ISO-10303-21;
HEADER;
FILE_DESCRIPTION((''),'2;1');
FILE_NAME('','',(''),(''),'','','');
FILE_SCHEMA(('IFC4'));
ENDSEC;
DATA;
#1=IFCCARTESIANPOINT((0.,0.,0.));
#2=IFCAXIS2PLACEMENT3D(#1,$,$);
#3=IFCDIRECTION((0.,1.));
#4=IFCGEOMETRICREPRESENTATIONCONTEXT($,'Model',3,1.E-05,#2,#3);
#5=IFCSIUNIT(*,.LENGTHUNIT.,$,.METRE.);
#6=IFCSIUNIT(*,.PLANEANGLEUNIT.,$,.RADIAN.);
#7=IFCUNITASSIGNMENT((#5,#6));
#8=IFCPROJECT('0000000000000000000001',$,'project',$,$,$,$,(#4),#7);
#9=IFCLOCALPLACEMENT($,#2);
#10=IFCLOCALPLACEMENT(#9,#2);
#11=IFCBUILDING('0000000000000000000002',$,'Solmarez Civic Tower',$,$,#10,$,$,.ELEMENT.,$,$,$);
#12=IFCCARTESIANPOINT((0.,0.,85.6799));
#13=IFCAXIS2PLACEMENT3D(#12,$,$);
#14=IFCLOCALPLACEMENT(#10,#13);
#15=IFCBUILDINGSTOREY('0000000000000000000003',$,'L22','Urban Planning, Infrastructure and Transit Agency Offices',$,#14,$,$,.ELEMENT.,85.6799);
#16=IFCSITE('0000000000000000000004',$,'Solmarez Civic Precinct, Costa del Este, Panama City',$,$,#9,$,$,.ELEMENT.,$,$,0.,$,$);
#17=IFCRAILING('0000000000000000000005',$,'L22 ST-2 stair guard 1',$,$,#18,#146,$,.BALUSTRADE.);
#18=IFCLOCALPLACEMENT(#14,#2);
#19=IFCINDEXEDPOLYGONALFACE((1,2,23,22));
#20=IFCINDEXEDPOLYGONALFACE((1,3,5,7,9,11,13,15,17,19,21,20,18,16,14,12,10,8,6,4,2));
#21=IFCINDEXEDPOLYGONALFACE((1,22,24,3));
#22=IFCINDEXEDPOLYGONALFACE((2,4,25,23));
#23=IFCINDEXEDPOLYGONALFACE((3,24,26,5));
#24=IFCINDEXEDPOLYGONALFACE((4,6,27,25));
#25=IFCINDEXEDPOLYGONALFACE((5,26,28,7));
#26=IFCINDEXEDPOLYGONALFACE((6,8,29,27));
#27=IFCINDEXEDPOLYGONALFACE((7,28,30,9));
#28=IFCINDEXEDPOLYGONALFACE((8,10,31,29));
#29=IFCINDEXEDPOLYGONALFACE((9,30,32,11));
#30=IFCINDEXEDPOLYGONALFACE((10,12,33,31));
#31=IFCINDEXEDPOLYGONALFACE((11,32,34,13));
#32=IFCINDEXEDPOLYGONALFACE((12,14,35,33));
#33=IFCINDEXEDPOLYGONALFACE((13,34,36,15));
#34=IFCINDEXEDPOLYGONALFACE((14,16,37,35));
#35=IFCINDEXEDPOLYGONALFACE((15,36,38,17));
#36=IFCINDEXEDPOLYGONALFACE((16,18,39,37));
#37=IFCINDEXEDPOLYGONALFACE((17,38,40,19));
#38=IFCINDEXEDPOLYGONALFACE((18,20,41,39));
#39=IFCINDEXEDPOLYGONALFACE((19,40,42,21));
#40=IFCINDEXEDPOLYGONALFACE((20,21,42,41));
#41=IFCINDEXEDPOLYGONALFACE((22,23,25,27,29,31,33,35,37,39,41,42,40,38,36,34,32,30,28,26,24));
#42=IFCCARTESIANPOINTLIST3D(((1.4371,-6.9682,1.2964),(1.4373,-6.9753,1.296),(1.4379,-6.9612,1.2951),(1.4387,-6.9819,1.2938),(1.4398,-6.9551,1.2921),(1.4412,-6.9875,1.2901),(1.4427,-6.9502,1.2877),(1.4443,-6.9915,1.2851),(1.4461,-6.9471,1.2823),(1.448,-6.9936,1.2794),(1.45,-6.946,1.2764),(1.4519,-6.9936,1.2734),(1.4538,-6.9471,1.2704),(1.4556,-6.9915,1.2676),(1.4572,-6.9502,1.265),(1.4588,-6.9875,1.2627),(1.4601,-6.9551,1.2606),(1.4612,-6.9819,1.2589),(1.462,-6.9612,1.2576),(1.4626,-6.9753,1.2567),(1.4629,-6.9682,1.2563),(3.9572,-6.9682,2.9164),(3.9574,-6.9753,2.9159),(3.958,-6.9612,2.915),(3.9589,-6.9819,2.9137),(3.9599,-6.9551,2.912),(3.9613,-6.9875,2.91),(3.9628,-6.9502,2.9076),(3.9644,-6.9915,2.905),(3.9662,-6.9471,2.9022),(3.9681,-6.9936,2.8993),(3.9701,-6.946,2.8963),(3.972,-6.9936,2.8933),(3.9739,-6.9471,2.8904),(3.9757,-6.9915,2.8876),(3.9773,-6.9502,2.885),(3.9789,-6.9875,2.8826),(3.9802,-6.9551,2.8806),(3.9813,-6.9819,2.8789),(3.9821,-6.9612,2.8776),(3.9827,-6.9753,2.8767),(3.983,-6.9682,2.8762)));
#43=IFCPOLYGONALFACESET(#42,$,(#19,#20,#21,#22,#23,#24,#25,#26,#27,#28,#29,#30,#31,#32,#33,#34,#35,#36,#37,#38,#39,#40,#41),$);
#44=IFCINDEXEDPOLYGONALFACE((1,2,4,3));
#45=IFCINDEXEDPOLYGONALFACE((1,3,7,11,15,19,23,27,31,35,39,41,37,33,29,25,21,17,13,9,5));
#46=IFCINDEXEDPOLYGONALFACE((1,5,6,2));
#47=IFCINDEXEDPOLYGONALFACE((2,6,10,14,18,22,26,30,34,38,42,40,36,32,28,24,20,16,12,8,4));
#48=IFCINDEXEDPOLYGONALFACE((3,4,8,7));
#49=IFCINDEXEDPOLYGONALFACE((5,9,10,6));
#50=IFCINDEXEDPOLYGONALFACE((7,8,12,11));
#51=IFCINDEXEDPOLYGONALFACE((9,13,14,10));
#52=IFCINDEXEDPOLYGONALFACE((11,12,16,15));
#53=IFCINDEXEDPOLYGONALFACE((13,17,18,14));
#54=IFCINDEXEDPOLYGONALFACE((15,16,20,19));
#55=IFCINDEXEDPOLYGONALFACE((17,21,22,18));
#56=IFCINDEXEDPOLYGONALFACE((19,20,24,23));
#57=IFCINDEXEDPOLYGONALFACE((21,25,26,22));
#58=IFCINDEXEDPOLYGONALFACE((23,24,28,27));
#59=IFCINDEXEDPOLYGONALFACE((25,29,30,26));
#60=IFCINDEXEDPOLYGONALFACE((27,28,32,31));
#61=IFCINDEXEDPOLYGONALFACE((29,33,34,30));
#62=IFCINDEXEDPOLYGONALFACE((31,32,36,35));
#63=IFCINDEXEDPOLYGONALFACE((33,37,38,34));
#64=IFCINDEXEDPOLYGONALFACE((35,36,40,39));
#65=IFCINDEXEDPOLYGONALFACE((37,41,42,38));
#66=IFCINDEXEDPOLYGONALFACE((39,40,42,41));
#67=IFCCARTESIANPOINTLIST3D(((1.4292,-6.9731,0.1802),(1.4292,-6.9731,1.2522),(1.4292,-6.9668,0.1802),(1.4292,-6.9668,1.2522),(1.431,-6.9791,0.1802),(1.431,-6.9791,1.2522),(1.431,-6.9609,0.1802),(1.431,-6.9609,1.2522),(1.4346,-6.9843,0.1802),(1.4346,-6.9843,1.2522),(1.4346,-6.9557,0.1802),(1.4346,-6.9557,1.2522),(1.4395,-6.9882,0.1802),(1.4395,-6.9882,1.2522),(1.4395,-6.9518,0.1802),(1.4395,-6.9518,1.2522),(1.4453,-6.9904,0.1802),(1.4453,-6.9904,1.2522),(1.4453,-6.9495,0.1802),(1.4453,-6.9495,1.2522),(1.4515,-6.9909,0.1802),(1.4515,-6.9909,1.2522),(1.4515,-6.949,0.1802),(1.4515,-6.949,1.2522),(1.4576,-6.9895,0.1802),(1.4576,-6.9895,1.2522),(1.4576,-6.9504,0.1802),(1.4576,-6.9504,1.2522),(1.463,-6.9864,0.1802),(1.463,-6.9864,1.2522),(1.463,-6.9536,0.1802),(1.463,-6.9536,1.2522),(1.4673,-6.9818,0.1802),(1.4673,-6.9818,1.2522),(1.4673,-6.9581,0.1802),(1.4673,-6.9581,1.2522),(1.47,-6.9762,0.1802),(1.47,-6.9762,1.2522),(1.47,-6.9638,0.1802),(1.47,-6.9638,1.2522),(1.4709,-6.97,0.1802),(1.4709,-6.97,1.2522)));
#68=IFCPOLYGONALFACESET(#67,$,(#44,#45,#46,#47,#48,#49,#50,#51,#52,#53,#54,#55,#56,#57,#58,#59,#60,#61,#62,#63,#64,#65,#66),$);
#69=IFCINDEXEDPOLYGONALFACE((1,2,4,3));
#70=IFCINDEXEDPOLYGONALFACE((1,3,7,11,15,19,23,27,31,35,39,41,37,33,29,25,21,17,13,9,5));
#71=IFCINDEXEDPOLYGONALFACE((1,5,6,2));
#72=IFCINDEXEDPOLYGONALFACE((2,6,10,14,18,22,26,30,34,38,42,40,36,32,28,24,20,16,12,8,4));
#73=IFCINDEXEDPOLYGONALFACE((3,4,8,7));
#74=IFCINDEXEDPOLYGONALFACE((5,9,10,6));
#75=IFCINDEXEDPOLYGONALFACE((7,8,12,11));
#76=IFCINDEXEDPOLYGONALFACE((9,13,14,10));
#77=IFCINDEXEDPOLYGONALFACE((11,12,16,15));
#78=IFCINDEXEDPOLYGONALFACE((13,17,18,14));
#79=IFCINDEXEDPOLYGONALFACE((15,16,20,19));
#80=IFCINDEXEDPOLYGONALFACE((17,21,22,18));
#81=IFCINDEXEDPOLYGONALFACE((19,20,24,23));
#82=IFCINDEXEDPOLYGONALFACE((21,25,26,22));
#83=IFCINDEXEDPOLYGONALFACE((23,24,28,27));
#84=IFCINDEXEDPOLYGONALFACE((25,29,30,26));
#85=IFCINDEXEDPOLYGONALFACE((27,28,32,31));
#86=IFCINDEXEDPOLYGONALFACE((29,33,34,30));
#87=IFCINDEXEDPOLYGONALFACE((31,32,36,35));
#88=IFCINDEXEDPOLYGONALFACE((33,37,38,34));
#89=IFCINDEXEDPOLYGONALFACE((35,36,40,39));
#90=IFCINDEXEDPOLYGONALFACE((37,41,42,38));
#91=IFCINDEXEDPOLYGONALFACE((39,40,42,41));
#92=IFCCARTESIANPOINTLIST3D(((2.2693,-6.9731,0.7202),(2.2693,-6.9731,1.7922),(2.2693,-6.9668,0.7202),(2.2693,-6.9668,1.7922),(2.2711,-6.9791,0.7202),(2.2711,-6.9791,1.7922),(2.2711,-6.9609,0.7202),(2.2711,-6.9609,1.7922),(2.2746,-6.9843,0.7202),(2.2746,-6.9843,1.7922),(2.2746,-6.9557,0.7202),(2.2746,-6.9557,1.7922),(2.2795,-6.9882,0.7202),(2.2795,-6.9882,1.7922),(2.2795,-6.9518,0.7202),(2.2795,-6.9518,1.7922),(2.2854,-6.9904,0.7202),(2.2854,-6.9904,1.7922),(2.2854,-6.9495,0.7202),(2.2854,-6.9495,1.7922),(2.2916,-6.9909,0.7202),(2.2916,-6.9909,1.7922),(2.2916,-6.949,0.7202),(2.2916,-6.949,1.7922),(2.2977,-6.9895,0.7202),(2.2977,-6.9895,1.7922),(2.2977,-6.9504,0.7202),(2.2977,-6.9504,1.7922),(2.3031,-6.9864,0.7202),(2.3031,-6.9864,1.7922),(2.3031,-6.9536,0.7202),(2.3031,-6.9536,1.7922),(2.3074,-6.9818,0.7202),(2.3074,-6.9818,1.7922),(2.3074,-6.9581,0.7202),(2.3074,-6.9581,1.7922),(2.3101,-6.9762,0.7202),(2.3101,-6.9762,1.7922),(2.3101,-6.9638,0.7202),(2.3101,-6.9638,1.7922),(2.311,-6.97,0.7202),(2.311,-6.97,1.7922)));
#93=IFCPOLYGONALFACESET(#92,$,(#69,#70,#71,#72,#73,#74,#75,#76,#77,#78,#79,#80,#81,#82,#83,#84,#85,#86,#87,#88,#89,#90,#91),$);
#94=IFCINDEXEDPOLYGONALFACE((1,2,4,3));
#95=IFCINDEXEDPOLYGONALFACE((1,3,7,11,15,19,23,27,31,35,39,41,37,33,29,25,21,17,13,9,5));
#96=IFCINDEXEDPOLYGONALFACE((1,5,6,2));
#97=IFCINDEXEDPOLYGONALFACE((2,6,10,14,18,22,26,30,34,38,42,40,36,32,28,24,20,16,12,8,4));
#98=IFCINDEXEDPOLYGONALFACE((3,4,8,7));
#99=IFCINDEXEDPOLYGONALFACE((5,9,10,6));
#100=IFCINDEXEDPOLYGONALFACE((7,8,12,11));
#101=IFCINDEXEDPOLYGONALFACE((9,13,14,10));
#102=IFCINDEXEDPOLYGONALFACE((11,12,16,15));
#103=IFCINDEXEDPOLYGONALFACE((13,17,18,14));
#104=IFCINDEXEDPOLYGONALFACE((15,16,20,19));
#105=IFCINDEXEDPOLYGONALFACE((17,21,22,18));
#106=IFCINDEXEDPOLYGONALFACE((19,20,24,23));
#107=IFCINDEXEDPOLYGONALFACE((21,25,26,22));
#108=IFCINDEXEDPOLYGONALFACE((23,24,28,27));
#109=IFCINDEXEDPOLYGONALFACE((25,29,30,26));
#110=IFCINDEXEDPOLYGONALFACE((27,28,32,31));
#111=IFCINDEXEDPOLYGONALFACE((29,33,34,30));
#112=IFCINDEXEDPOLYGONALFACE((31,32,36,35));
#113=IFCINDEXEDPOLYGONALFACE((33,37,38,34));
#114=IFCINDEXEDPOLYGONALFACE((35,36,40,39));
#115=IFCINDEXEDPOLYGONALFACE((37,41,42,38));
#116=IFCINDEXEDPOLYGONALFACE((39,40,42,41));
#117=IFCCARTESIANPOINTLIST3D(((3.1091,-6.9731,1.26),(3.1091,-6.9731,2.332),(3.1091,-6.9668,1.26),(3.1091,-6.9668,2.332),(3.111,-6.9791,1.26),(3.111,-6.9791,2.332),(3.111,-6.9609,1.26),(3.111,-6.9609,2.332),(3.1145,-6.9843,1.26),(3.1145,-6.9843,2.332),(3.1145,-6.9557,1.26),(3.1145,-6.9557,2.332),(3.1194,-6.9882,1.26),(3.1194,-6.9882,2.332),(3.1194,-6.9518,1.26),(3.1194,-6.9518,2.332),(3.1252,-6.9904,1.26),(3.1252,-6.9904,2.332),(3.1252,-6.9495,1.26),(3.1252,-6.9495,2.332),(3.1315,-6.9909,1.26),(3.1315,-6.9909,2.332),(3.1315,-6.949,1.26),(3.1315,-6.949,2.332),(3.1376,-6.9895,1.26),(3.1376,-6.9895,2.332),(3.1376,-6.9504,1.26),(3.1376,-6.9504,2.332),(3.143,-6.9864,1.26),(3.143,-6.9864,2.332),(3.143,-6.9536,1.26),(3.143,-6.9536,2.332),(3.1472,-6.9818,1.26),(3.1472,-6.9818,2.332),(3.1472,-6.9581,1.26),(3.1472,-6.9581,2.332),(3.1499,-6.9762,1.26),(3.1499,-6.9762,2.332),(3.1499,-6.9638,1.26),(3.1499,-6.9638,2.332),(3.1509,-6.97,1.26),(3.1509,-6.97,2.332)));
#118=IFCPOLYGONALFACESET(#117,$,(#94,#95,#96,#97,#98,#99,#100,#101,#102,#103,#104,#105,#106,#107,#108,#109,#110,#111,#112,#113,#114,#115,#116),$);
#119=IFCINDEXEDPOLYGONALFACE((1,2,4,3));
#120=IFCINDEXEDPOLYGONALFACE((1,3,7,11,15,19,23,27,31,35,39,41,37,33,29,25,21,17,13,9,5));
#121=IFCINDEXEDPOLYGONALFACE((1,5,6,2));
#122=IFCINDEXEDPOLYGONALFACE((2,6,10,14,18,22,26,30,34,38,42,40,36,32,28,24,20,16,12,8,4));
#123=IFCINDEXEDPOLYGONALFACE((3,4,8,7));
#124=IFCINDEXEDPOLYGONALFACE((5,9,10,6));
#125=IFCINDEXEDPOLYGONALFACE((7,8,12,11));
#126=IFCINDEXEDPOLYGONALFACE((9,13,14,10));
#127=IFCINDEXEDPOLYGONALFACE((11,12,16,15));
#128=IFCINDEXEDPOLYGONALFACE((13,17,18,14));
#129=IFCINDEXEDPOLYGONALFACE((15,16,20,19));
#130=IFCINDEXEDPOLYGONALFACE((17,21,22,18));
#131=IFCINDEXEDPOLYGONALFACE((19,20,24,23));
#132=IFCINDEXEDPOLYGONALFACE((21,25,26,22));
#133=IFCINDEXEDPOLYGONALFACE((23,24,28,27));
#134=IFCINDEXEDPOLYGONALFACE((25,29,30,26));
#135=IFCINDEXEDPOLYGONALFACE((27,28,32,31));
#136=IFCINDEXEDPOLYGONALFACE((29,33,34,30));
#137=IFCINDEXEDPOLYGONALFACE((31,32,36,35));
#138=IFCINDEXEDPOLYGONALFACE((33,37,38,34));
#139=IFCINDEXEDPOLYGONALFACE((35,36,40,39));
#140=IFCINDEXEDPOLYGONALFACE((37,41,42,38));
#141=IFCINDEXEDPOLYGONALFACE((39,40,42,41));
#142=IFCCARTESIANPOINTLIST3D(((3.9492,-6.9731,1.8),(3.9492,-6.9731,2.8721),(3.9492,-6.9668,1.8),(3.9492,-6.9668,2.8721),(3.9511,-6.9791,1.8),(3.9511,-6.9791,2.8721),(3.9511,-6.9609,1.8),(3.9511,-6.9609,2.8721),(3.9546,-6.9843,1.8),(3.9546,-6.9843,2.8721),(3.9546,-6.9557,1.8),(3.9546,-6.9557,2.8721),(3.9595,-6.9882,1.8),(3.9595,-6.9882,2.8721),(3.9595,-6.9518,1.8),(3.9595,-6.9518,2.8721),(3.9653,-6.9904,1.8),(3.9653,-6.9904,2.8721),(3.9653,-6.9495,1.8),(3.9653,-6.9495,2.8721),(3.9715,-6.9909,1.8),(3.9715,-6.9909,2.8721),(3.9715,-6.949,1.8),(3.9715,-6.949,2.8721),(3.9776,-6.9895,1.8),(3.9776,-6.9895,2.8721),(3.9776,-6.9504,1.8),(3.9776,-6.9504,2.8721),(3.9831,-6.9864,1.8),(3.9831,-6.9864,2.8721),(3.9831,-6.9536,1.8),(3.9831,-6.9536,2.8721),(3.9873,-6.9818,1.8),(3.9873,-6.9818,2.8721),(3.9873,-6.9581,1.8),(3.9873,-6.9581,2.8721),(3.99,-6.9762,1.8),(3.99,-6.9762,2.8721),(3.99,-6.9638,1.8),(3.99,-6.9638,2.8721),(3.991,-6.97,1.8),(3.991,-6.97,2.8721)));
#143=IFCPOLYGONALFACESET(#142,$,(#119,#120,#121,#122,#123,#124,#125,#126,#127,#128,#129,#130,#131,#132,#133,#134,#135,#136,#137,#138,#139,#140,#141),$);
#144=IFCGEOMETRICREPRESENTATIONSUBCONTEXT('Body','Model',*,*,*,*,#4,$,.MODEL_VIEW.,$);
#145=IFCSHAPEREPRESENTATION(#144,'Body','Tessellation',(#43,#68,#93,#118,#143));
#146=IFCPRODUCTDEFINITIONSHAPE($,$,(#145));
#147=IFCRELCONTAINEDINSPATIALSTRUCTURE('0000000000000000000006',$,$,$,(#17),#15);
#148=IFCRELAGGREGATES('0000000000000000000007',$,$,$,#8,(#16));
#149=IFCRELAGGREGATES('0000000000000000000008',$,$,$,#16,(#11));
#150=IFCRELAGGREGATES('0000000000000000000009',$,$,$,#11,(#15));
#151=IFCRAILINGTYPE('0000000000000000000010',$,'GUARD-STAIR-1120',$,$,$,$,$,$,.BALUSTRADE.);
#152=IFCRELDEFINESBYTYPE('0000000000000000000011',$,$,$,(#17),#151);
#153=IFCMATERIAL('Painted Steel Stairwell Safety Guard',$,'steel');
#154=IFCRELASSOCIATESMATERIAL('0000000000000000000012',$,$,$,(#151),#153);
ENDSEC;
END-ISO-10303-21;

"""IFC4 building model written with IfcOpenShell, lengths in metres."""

from ifc_helpers import new_model, si_unit, direction, frame, origin, origin_2d, place, context, subcontext, project, spatial, circle, extrude, material, type_object, element, save


model = new_model("IFC4")

# Units and contexts
model_context = context("Model", 3, precision=1e-05, world=origin(), true_north=direction((0.0, 1.0)))
body_context = subcontext(model_context, "Body", "Model", "MODEL_VIEW")
ifc_project = project(units=[si_unit("LENGTHUNIT", "METRE"), si_unit("PLANEANGLEUNIT", "RADIAN")], contexts=[model_context])

# Site, building, storey
site_placement = place(None, origin())
site = spatial("IfcSite", under=ifc_project, at=site_placement, Name="Solmarez Civic Precinct, Costa del Este, Panama City", CompositionType="ELEMENT", RefElevation=0.0)
building_placement = place(site_placement, origin())
building = spatial("IfcBuilding", under=site, at=building_placement, Name="Solmarez Civic Tower", CompositionType="ELEMENT")
storey_placement = place(building_placement, frame((0.0, 0.0, 85.6799)))
storey = spatial("IfcBuildingStorey", under=building, at=storey_placement, Name="L22", Description="Urban Planning, Infrastructure and Transit Agency Offices", CompositionType="ELEMENT", Elevation=85.6799)

# Railing
ifc_material_1 = material(Name="Painted Steel Stairwell Safety Guard", Category="steel")
railing_type_1 = type_object("IfcRailingType", Name="GUARD-STAIR-1120", PredefinedType="BALUSTRADE", material=ifc_material_1)
railing_1_placement = place(storey_placement, frame((1.45, -6.97, 0.1802)))
element("IfcRailing", 1, at=railing_1_placement, inside=storey, type_object=railing_type_1, Name="L22 ST-2 stair guard 1", PredefinedType="BALUSTRADE", context=body_context, shape_type="SweptSolid", body=[
    extrude(circle(Radius=0.0239, at=origin_2d()), frame((0.0, 0.0, 1.0962), z_axis=(0.8412, 0.0, 0.540725), x_axis=(0.0, 1.0, 0.0)), (0.0, 0.0, 1.0), 2.9958),
    extrude(circle(Radius=0.021, at=origin_2d()), origin(), (0.0, 0.0, 1.0), 1.072),
    extrude(circle(Radius=0.021, at=origin_2d()), frame((0.8401, 0.0, 0.54)), (0.0, 0.0, 1.0), 1.072),
    extrude(circle(Radius=0.021, at=origin_2d()), frame((1.6799, 0.0, 1.0798)), (0.0, 0.0, 1.0), 1.072),
    extrude(circle(Radius=0.021, at=origin_2d()), frame((2.52, 0.0, 1.6199)), (0.0, 0.0, 1.0), 1.072),
])

save(model, "model.ifc")
